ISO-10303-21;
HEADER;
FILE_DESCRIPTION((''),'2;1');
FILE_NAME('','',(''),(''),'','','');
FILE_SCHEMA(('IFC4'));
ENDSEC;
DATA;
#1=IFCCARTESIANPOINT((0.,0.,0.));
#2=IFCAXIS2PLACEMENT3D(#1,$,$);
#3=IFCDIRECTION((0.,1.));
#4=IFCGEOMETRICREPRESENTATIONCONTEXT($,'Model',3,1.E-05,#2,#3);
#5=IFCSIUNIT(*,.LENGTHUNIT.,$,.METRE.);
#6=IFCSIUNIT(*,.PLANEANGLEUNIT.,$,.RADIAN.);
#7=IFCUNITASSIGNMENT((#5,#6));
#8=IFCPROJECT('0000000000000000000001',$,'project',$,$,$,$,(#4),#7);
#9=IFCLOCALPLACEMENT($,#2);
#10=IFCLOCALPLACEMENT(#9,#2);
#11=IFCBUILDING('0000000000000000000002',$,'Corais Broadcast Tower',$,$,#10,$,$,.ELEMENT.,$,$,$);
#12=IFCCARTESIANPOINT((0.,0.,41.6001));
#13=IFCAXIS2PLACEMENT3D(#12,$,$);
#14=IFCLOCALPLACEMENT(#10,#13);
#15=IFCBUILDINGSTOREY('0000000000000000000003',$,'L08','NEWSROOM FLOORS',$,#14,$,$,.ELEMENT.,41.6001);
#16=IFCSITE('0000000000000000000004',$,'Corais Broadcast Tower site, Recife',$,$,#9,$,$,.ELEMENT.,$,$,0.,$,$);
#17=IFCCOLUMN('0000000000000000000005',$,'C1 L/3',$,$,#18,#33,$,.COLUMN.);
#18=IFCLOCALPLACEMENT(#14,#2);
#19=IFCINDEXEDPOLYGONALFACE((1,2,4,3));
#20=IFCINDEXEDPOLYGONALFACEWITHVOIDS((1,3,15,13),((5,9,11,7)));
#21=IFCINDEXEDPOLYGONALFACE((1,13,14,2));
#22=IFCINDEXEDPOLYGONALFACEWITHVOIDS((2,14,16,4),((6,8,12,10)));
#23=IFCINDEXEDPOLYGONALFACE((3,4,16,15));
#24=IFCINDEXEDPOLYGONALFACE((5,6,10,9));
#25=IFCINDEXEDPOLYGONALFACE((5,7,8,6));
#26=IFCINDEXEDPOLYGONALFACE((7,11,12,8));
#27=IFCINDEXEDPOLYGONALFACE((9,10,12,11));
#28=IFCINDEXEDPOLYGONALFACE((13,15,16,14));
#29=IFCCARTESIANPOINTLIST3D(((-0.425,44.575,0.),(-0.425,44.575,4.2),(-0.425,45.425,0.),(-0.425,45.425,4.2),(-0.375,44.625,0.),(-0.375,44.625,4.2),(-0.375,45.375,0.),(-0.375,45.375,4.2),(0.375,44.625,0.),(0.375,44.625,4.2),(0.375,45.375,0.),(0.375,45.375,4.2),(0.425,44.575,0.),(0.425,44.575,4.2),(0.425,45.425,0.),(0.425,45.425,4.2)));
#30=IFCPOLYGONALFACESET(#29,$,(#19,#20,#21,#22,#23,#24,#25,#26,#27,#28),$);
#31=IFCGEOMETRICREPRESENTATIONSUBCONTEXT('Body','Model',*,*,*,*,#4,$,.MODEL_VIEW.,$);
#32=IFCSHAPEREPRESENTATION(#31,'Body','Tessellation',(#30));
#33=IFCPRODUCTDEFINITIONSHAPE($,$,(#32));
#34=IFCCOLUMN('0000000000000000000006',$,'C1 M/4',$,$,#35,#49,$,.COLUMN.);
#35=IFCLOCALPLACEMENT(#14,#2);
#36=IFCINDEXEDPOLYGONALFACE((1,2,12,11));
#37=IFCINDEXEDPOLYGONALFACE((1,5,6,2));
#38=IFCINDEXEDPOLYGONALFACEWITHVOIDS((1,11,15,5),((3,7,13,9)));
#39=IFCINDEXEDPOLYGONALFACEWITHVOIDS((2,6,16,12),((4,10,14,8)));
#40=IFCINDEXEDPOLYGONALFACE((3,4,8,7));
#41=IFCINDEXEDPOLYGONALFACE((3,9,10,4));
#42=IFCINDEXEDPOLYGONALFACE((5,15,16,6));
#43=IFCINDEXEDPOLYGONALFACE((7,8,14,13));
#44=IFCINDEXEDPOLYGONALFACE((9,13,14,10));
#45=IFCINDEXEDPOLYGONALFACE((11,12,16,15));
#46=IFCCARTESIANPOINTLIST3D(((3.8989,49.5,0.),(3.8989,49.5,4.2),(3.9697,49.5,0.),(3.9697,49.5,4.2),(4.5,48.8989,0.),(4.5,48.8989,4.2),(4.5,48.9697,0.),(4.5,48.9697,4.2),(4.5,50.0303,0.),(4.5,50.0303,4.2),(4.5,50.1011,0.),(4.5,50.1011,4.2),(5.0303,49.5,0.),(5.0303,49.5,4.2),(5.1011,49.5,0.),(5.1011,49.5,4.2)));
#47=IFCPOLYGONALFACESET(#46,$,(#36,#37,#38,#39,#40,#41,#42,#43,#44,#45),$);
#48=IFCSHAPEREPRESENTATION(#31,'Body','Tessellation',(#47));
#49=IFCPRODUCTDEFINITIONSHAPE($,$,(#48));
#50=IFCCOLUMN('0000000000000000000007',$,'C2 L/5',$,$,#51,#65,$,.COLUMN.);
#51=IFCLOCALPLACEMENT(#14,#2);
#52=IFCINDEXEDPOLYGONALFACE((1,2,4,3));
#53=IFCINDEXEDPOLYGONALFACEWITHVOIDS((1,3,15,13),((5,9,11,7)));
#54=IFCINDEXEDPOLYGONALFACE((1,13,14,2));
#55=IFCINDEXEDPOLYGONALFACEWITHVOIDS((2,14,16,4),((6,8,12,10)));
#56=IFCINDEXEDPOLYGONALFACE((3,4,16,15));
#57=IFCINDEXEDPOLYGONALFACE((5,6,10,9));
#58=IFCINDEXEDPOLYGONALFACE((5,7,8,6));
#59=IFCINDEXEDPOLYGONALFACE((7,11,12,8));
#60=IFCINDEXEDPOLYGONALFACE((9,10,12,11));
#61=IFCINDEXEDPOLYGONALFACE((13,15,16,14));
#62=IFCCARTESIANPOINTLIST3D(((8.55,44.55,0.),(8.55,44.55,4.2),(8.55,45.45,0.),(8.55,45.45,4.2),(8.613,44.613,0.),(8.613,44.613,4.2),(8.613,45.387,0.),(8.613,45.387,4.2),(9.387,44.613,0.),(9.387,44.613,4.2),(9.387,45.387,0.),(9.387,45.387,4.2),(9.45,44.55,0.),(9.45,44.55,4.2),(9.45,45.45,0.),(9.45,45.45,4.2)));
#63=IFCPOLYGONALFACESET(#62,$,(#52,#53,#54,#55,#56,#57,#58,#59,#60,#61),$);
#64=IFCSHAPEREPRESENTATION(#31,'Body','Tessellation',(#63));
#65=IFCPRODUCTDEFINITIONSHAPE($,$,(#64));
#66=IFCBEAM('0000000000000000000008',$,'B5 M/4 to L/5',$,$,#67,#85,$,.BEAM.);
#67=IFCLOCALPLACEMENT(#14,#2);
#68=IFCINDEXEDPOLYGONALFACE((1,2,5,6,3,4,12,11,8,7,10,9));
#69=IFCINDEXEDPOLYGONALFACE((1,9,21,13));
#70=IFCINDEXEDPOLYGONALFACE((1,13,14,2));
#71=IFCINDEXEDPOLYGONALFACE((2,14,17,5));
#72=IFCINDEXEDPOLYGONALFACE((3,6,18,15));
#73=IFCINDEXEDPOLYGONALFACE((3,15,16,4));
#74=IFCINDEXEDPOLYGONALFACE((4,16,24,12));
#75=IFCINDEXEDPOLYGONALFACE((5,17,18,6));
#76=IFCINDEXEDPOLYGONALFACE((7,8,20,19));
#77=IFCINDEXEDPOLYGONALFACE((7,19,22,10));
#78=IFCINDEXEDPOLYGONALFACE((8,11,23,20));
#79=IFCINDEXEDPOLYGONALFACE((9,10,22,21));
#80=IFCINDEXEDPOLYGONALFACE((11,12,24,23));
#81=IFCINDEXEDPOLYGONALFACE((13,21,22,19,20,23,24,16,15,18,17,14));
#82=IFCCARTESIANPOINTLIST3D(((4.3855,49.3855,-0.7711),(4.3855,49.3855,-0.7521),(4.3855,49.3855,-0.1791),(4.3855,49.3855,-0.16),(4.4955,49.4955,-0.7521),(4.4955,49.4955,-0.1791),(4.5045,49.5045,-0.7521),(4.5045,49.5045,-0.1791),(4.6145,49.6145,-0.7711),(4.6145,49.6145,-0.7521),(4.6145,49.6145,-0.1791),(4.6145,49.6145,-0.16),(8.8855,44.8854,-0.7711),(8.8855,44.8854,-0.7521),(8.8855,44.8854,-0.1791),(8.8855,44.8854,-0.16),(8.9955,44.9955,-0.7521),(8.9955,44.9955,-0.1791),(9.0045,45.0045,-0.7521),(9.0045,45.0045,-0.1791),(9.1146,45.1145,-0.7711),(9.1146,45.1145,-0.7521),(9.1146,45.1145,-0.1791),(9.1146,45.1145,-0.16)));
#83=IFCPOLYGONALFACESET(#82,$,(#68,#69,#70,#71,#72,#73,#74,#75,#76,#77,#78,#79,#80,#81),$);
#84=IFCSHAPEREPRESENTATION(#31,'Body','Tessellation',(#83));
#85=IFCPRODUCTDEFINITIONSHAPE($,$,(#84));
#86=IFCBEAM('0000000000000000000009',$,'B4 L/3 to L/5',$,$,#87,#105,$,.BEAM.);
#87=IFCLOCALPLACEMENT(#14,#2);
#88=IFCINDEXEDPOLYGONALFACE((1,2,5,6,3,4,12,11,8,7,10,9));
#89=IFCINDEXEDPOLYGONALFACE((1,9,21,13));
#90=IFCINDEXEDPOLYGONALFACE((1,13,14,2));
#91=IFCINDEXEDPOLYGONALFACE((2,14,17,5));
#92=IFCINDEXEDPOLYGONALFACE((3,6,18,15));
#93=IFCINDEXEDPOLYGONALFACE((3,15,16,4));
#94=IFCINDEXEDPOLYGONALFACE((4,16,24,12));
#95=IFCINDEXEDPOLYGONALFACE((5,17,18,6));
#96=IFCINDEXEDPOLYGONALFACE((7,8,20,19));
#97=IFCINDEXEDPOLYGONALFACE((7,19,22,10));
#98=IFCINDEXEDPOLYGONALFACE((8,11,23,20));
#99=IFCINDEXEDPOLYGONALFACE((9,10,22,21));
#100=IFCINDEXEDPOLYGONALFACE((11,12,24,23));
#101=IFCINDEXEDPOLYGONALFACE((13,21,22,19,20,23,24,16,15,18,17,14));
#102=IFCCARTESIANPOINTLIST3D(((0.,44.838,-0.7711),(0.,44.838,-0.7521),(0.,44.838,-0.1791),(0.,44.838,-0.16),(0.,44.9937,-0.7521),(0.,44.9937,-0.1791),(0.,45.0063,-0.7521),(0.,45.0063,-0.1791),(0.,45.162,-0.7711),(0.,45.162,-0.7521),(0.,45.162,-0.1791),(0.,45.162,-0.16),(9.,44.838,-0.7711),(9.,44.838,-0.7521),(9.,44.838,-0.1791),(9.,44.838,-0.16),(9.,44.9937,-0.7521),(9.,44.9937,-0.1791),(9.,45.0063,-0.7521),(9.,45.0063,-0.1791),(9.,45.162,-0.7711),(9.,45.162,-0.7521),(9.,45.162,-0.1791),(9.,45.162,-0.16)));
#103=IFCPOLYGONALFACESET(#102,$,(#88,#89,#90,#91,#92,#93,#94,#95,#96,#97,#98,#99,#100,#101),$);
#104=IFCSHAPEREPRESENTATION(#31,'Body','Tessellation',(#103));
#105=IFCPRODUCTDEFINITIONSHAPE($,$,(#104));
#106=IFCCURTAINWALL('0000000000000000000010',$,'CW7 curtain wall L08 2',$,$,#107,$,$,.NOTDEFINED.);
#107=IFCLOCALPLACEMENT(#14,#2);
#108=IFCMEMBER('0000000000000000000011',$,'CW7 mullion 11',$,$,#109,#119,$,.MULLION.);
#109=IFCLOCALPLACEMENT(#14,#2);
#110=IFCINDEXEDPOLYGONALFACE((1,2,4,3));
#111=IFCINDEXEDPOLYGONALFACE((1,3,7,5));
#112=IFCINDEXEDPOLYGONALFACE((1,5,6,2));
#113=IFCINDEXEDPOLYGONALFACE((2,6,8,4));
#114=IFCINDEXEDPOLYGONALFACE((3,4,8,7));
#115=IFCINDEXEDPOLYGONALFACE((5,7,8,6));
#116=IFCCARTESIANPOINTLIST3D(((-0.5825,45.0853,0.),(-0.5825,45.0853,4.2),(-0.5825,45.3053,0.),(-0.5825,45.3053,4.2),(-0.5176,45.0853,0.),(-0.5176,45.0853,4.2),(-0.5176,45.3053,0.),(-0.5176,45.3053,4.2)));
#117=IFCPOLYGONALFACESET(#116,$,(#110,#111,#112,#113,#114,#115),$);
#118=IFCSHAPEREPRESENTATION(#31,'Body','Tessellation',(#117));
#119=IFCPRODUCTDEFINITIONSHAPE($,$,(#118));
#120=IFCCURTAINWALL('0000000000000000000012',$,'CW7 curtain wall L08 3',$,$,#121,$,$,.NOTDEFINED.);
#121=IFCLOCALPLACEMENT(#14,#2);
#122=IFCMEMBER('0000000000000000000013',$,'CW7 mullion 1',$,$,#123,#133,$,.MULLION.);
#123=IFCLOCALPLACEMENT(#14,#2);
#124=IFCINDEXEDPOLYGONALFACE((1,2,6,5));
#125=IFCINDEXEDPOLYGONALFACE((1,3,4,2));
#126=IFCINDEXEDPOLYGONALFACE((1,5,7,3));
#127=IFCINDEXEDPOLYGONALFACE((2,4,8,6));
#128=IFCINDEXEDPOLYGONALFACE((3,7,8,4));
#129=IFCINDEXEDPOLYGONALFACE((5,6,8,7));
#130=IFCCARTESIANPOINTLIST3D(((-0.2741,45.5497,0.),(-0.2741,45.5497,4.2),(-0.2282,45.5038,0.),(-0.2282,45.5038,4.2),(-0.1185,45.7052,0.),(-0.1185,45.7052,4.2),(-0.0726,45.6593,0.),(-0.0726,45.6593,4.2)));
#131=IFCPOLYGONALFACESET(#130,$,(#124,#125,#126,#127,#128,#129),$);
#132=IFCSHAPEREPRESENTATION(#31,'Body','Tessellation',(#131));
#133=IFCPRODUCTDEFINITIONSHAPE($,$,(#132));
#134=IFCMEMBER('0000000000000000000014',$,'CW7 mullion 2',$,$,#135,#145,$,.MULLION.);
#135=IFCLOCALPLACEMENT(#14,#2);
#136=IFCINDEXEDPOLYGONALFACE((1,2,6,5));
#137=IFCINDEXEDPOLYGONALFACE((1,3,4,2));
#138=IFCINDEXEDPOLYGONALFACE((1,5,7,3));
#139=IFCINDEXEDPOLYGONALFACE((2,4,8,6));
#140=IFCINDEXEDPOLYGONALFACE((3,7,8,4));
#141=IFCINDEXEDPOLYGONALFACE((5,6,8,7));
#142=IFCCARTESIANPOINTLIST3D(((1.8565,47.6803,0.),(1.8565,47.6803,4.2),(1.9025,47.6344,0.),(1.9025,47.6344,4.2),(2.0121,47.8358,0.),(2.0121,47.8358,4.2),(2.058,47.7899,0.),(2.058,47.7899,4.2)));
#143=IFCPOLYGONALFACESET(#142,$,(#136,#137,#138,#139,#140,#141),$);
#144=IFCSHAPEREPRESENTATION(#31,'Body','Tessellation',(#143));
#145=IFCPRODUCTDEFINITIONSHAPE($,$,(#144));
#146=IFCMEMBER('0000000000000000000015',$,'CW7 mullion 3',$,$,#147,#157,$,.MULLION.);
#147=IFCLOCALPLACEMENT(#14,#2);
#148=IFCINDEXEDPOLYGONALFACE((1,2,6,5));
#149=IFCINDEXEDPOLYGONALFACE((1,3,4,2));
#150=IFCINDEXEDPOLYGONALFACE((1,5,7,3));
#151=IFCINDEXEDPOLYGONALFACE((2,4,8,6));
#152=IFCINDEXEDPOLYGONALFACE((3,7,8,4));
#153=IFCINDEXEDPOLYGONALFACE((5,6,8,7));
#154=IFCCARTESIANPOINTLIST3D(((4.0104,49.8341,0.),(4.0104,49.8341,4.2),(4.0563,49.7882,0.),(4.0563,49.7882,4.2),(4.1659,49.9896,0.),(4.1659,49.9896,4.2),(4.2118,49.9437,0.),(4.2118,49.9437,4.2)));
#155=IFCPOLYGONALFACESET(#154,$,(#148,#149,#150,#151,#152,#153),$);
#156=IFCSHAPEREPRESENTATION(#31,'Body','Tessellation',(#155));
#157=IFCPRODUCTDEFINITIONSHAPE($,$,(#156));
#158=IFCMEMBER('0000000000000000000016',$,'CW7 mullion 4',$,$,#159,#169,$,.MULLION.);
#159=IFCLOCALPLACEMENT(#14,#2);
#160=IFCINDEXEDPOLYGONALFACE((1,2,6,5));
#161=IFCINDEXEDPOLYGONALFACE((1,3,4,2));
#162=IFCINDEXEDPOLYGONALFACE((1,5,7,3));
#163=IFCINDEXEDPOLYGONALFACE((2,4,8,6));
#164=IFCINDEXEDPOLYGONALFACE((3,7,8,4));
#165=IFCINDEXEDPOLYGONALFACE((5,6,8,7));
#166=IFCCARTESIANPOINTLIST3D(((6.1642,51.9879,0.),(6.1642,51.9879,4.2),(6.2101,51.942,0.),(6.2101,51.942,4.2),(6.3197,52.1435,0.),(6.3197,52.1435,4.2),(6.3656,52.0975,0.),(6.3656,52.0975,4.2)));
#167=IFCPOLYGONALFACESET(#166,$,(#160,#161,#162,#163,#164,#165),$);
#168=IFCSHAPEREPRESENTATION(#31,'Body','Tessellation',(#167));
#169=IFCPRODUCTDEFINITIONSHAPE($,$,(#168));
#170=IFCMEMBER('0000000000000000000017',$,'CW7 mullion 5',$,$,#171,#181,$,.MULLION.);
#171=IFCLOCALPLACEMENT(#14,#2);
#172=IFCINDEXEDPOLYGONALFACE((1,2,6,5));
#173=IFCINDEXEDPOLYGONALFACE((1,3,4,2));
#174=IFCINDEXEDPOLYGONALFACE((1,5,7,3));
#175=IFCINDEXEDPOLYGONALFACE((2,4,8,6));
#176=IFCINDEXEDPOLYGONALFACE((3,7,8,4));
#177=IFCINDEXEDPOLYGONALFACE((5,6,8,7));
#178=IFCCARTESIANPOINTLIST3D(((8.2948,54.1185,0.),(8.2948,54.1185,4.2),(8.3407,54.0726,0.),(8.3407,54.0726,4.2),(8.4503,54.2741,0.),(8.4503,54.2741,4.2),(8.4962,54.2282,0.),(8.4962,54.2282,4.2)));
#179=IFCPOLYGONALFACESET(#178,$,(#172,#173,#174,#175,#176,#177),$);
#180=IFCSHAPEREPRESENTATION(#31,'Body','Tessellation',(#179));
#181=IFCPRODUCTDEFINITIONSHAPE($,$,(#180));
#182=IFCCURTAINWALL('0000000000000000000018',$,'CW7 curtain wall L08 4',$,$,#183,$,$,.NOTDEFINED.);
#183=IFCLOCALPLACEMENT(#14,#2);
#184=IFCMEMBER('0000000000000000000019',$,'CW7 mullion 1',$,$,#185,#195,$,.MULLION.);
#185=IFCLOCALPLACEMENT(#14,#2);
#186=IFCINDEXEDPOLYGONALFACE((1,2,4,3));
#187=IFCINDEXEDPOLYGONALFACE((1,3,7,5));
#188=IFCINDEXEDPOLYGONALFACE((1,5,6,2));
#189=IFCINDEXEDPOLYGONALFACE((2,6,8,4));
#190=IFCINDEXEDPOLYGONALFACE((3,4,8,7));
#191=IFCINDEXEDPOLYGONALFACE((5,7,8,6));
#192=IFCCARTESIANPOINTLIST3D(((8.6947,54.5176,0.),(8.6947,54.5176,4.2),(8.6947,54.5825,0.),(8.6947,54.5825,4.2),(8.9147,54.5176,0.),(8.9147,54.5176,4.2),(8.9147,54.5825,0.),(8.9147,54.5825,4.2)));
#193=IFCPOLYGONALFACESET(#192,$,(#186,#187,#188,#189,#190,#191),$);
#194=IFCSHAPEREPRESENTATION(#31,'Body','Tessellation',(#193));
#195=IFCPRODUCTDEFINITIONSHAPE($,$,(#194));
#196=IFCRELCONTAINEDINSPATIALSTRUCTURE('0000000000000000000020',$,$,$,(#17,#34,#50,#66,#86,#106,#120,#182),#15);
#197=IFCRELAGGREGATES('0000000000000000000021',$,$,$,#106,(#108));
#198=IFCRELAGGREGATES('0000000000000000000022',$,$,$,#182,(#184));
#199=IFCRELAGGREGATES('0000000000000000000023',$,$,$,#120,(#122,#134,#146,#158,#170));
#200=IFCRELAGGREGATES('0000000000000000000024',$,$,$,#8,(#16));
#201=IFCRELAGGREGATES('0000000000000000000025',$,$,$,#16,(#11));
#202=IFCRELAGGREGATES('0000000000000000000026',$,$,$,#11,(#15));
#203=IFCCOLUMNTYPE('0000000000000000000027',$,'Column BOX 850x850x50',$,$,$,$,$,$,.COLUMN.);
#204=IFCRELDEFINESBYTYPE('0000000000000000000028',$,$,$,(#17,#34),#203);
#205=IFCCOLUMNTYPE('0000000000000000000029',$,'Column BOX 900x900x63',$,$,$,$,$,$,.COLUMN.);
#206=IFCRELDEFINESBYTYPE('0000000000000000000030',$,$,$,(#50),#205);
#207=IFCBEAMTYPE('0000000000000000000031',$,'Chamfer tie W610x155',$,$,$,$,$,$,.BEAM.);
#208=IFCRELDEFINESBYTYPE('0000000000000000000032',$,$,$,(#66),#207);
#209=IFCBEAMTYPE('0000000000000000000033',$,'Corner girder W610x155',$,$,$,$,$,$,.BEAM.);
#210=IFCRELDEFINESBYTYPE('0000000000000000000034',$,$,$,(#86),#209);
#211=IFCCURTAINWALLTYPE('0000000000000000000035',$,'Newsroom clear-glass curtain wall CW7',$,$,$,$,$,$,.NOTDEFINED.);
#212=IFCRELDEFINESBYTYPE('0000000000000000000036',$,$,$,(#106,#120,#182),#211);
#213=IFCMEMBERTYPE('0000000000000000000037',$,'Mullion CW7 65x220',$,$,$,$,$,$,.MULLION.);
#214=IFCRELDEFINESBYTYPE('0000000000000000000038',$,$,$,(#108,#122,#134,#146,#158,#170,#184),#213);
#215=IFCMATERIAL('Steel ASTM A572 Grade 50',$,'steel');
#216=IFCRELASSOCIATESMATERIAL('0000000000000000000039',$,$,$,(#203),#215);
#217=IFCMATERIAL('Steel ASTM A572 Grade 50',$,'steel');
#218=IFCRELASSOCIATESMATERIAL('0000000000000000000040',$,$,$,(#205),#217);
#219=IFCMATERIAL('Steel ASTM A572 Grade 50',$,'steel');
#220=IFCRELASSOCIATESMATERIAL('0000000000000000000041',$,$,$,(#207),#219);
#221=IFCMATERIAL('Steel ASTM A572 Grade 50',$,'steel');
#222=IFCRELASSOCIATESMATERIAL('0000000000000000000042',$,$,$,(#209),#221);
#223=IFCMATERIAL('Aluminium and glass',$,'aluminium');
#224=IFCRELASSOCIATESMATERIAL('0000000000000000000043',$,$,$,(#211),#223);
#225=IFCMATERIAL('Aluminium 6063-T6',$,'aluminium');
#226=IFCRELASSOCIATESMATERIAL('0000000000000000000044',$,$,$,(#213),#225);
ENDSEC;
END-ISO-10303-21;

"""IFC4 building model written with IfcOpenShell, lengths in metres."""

from ifc_helpers import new_model, si_unit, direction, frame, origin, origin_2d, place, context, subcontext, project, spatial, rectangle, hollow_rectangle, i_section, extrude, material, material_profile, profile_set, type_object, element, aggregate, save


model = new_model("IFC4")

# Units and contexts
model_context = context("Model", 3, precision=1e-05, world=origin(), true_north=direction((0.0, 1.0)))
body_context = subcontext(model_context, "Body", "Model", "MODEL_VIEW")
ifc_project = project(units=[si_unit("LENGTHUNIT", "METRE"), si_unit("PLANEANGLEUNIT", "RADIAN")], contexts=[model_context])

# Site, building, storey
site_placement = place(None, origin())
site = spatial("IfcSite", under=ifc_project, at=site_placement, Name="Corais Broadcast Tower site, Recife", CompositionType="ELEMENT", RefElevation=0.0)
building_placement = place(site_placement, origin())
building = spatial("IfcBuilding", under=site, at=building_placement, Name="Corais Broadcast Tower", CompositionType="ELEMENT")
storey_placement = place(building_placement, frame((0.0, 0.0, 41.6001)))
storey = spatial("IfcBuildingStorey", under=building, at=storey_placement, Name="L08", Description="NEWSROOM FLOORS", CompositionType="ELEMENT", Elevation=41.6001)

# Columns
ifc_material_1 = material(Name="Steel ASTM A572 Grade 50", Category="steel")
ifc_material_profile_1 = material_profile(ifc_material_1, hollow_rectangle(XDim=0.8501, YDim=0.8501, WallThickness=0.05, at=origin_2d()), Name="BOX 850x850x50")
ifc_profile_set_1 = profile_set([ifc_material_profile_1], Name="Steel ASTM A572 Grade 50")
column_type_1 = type_object("IfcColumnType", Name="Column BOX 850x850x50", PredefinedType="COLUMN", material=ifc_profile_set_1)
for number, where, z_axis, x_axis, name in (
    (1, (0.0, 45.0, 0.0), (0.0, 0.0, 1.0), (1.0, 0.0, 0.0), "C1 L/3"),
    (2, (4.5, 49.5, 0.0), (0.0, 0.0, 1.0), (0.707107, 0.707107, 0.0), "C1 M/4"),
):
    element("IfcColumn", number, at=place(storey_placement, frame(where, z_axis=z_axis, x_axis=x_axis)), inside=storey, type_object=column_type_1, Name=name, PredefinedType="COLUMN", context=body_context, shape_type="SweptSolid", body=[
        extrude(hollow_rectangle(XDim=0.8501, YDim=0.8501, WallThickness=0.05, at=origin_2d()), origin(), (0.0, 0.0, 1.0), 4.2),
    ])
ifc_material_2 = material(Name="Steel ASTM A572 Grade 50", Category="steel")
ifc_material_profile_2 = material_profile(ifc_material_2, hollow_rectangle(XDim=0.8999, YDim=0.8999, WallThickness=0.063, at=origin_2d()), Name="BOX 900x900x63")
ifc_profile_set_2 = profile_set([ifc_material_profile_2], Name="Steel ASTM A572 Grade 50")
column_type_2 = type_object("IfcColumnType", Name="Column BOX 900x900x63", PredefinedType="COLUMN", material=ifc_profile_set_2)
column_placement = place(storey_placement, frame((9.0, 45.0, 0.0), z_axis=(0.0, 0.0, 1.0), x_axis=(1.0, 0.0, 0.0)))
element("IfcColumn", 3, at=column_placement, inside=storey, type_object=column_type_2, Name="C2 L/5", PredefinedType="COLUMN", context=body_context, shape_type="SweptSolid", body=[
    extrude(hollow_rectangle(XDim=0.8999, YDim=0.8999, WallThickness=0.063, at=origin_2d()), origin(), (0.0, 0.0, 1.0), 4.2),
])

# Beams
ifc_material_3 = material(Name="Steel ASTM A572 Grade 50", Category="steel")
ifc_material_profile_3 = material_profile(ifc_material_3, i_section(OverallWidth=0.324, OverallDepth=0.6111, WebThickness=0.0127, FlangeThickness=0.019, at=origin_2d()), Name="W610x155")
ifc_profile_set_3 = profile_set([ifc_material_profile_3], Name="Steel ASTM A572 Grade 50")
beam_type_1 = type_object("IfcBeamType", Name="Chamfer tie W610x155", PredefinedType="BEAM", material=ifc_profile_set_3)
beam_1_placement = place(storey_placement, frame((4.5, 49.5, -0.4656), z_axis=(0.707107, -0.707107, 0.0), x_axis=(0.707107, 0.707107, 0.0)))
element("IfcBeam", 4, at=beam_1_placement, inside=storey, type_object=beam_type_1, Name="B5 M/4 to L/5", PredefinedType="BEAM", context=body_context, shape_type="SweptSolid", body=[
    extrude(i_section(OverallWidth=0.324, OverallDepth=0.6111, WebThickness=0.0127, FlangeThickness=0.019, at=origin_2d()), origin(), (0.0, 0.0, 1.0), 6.364),
])
ifc_material_4 = material(Name="Steel ASTM A572 Grade 50", Category="steel")
ifc_material_profile_4 = material_profile(ifc_material_4, i_section(OverallWidth=0.324, OverallDepth=0.6111, WebThickness=0.0127, FlangeThickness=0.019, at=origin_2d()), Name="W610x155")
ifc_profile_set_4 = profile_set([ifc_material_profile_4], Name="Steel ASTM A572 Grade 50")
beam_type_2 = type_object("IfcBeamType", Name="Corner girder W610x155", PredefinedType="BEAM", material=ifc_profile_set_4)
beam_2_placement = place(storey_placement, frame((0.0, 45.0, -0.4656), z_axis=(1.0, 0.0, 0.0), x_axis=(0.0, 1.0, 0.0)))
element("IfcBeam", 5, at=beam_2_placement, inside=storey, type_object=beam_type_2, Name="B4 L/3 to L/5", PredefinedType="BEAM", context=body_context, shape_type="SweptSolid", body=[
    extrude(i_section(OverallWidth=0.324, OverallDepth=0.6111, WebThickness=0.0127, FlangeThickness=0.019, at=origin_2d()), origin(), (0.0, 0.0, 1.0), 9.0),
])

# Curtain wall, member
ifc_material_5 = material(Name="Aluminium and glass", Category="aluminium")
curtain_wall_type = type_object("IfcCurtainWallType", Name="Newsroom clear-glass curtain wall CW7", PredefinedType="NOTDEFINED", material=ifc_material_5)
curtain_wall_1_placement = place(storey_placement, origin())
curtain_wall_1 = element("IfcCurtainWall", 6, at=curtain_wall_1_placement, inside=storey, type_object=curtain_wall_type, Name="CW7 curtain wall L08 2", PredefinedType="NOTDEFINED")
ifc_material_6 = material(Name="Aluminium 6063-T6", Category="aluminium")
ifc_material_profile_5 = material_profile(ifc_material_6, rectangle(XDim=0.0649, YDim=0.22, at=origin_2d()), Name="Mullion CW7 65x220")
ifc_profile_set_5 = profile_set([ifc_material_profile_5], Name="Aluminium 6063-T6")
member_type_1 = type_object("IfcMemberType", Name="Mullion CW7 65x220", PredefinedType="MULLION", material=ifc_profile_set_5)
member_1_placement = place(storey_placement, frame((-0.55, 45.1953, 0.0), z_axis=(0.0, 0.0, 1.0), x_axis=(-1.0, 0.0, 0.0)))
member_1 = element("IfcMember", 7, at=member_1_placement, type_object=member_type_1, Name="CW7 mullion 11", PredefinedType="MULLION", context=body_context, shape_type="SweptSolid", body=[
    extrude(rectangle(XDim=0.0649, YDim=0.22, at=origin_2d()), origin(), (0.0, 0.0, 1.0), 4.2),
])
aggregate(curtain_wall_1, [member_1])

# Curtain wall, members
curtain_wall_2_placement = place(storey_placement, origin())
curtain_wall_2 = element("IfcCurtainWall", 8, at=curtain_wall_2_placement, inside=storey, type_object=curtain_wall_type, Name="CW7 curtain wall L08 3", PredefinedType="NOTDEFINED")
member_2_placement = place(storey_placement, frame((-0.1733, 45.6045, 0.0), z_axis=(0.0, 0.0, 1.0), x_axis=(-0.707107, 0.707107, 0.0)))
member_2 = element("IfcMember", 9, at=member_2_placement, type_object=member_type_1, Name="CW7 mullion 1", PredefinedType="MULLION", context=body_context, shape_type="SweptSolid", body=[
    extrude(rectangle(XDim=0.0649, YDim=0.22, at=origin_2d()), origin(), (0.0, 0.0, 1.0), 4.2),
])
member_3_placement = place(storey_placement, frame((1.9573, 47.7351, 0.0), z_axis=(0.0, 0.0, 1.0), x_axis=(-0.707107, 0.707107, 0.0)))
member_3 = element("IfcMember", 10, at=member_3_placement, type_object=member_type_1, Name="CW7 mullion 2", PredefinedType="MULLION", context=body_context, shape_type="SweptSolid", body=[
    extrude(rectangle(XDim=0.0649, YDim=0.22, at=origin_2d()), origin(), (0.0, 0.0, 1.0), 4.2),
])
member_4_placement = place(storey_placement, frame((4.1111, 49.8889, 0.0), z_axis=(0.0, 0.0, 1.0), x_axis=(-0.707107, 0.707107, 0.0)))
member_4 = element("IfcMember", 11, at=member_4_placement, type_object=member_type_1, Name="CW7 mullion 3", PredefinedType="MULLION", context=body_context, shape_type="SweptSolid", body=[
    extrude(rectangle(XDim=0.0649, YDim=0.22, at=origin_2d()), origin(), (0.0, 0.0, 1.0), 4.2),
])
member_5_placement = place(storey_placement, frame((6.2649, 52.0427, 0.0), z_axis=(0.0, 0.0, 1.0), x_axis=(-0.707107, 0.707107, 0.0)))
member_5 = element("IfcMember", 12, at=member_5_placement, type_object=member_type_1, Name="CW7 mullion 4", PredefinedType="MULLION", context=body_context, shape_type="SweptSolid", body=[
    extrude(rectangle(XDim=0.0649, YDim=0.22, at=origin_2d()), origin(), (0.0, 0.0, 1.0), 4.2),
])
member_6_placement = place(storey_placement, frame((8.3955, 54.1733, 0.0), z_axis=(0.0, 0.0, 1.0), x_axis=(-0.707107, 0.707107, 0.0)))
member_6 = element("IfcMember", 13, at=member_6_placement, type_object=member_type_1, Name="CW7 mullion 5", PredefinedType="MULLION", context=body_context, shape_type="SweptSolid", body=[
    extrude(rectangle(XDim=0.0649, YDim=0.22, at=origin_2d()), origin(), (0.0, 0.0, 1.0), 4.2),
])

# Curtain wall, member
curtain_wall_3_placement = place(storey_placement, origin())
curtain_wall_3 = element("IfcCurtainWall", 14, at=curtain_wall_3_placement, inside=storey, type_object=curtain_wall_type, Name="CW7 curtain wall L08 4", PredefinedType="NOTDEFINED")
member_7_placement = place(storey_placement, frame((8.8047, 54.55, 0.0), z_axis=(0.0, 0.0, 1.0), x_axis=(0.0, 1.0, 0.0)))
member_7 = element("IfcMember", 15, at=member_7_placement, type_object=member_type_1, Name="CW7 mullion 1", PredefinedType="MULLION", context=body_context, shape_type="SweptSolid", body=[
    extrude(rectangle(XDim=0.0649, YDim=0.22, at=origin_2d()), origin(), (0.0, 0.0, 1.0), 4.2),
])

aggregate(curtain_wall_3, [member_7])

aggregate(curtain_wall_2, [member_2, member_3, member_4, member_5, member_6])

save(model, "model.ifc")
